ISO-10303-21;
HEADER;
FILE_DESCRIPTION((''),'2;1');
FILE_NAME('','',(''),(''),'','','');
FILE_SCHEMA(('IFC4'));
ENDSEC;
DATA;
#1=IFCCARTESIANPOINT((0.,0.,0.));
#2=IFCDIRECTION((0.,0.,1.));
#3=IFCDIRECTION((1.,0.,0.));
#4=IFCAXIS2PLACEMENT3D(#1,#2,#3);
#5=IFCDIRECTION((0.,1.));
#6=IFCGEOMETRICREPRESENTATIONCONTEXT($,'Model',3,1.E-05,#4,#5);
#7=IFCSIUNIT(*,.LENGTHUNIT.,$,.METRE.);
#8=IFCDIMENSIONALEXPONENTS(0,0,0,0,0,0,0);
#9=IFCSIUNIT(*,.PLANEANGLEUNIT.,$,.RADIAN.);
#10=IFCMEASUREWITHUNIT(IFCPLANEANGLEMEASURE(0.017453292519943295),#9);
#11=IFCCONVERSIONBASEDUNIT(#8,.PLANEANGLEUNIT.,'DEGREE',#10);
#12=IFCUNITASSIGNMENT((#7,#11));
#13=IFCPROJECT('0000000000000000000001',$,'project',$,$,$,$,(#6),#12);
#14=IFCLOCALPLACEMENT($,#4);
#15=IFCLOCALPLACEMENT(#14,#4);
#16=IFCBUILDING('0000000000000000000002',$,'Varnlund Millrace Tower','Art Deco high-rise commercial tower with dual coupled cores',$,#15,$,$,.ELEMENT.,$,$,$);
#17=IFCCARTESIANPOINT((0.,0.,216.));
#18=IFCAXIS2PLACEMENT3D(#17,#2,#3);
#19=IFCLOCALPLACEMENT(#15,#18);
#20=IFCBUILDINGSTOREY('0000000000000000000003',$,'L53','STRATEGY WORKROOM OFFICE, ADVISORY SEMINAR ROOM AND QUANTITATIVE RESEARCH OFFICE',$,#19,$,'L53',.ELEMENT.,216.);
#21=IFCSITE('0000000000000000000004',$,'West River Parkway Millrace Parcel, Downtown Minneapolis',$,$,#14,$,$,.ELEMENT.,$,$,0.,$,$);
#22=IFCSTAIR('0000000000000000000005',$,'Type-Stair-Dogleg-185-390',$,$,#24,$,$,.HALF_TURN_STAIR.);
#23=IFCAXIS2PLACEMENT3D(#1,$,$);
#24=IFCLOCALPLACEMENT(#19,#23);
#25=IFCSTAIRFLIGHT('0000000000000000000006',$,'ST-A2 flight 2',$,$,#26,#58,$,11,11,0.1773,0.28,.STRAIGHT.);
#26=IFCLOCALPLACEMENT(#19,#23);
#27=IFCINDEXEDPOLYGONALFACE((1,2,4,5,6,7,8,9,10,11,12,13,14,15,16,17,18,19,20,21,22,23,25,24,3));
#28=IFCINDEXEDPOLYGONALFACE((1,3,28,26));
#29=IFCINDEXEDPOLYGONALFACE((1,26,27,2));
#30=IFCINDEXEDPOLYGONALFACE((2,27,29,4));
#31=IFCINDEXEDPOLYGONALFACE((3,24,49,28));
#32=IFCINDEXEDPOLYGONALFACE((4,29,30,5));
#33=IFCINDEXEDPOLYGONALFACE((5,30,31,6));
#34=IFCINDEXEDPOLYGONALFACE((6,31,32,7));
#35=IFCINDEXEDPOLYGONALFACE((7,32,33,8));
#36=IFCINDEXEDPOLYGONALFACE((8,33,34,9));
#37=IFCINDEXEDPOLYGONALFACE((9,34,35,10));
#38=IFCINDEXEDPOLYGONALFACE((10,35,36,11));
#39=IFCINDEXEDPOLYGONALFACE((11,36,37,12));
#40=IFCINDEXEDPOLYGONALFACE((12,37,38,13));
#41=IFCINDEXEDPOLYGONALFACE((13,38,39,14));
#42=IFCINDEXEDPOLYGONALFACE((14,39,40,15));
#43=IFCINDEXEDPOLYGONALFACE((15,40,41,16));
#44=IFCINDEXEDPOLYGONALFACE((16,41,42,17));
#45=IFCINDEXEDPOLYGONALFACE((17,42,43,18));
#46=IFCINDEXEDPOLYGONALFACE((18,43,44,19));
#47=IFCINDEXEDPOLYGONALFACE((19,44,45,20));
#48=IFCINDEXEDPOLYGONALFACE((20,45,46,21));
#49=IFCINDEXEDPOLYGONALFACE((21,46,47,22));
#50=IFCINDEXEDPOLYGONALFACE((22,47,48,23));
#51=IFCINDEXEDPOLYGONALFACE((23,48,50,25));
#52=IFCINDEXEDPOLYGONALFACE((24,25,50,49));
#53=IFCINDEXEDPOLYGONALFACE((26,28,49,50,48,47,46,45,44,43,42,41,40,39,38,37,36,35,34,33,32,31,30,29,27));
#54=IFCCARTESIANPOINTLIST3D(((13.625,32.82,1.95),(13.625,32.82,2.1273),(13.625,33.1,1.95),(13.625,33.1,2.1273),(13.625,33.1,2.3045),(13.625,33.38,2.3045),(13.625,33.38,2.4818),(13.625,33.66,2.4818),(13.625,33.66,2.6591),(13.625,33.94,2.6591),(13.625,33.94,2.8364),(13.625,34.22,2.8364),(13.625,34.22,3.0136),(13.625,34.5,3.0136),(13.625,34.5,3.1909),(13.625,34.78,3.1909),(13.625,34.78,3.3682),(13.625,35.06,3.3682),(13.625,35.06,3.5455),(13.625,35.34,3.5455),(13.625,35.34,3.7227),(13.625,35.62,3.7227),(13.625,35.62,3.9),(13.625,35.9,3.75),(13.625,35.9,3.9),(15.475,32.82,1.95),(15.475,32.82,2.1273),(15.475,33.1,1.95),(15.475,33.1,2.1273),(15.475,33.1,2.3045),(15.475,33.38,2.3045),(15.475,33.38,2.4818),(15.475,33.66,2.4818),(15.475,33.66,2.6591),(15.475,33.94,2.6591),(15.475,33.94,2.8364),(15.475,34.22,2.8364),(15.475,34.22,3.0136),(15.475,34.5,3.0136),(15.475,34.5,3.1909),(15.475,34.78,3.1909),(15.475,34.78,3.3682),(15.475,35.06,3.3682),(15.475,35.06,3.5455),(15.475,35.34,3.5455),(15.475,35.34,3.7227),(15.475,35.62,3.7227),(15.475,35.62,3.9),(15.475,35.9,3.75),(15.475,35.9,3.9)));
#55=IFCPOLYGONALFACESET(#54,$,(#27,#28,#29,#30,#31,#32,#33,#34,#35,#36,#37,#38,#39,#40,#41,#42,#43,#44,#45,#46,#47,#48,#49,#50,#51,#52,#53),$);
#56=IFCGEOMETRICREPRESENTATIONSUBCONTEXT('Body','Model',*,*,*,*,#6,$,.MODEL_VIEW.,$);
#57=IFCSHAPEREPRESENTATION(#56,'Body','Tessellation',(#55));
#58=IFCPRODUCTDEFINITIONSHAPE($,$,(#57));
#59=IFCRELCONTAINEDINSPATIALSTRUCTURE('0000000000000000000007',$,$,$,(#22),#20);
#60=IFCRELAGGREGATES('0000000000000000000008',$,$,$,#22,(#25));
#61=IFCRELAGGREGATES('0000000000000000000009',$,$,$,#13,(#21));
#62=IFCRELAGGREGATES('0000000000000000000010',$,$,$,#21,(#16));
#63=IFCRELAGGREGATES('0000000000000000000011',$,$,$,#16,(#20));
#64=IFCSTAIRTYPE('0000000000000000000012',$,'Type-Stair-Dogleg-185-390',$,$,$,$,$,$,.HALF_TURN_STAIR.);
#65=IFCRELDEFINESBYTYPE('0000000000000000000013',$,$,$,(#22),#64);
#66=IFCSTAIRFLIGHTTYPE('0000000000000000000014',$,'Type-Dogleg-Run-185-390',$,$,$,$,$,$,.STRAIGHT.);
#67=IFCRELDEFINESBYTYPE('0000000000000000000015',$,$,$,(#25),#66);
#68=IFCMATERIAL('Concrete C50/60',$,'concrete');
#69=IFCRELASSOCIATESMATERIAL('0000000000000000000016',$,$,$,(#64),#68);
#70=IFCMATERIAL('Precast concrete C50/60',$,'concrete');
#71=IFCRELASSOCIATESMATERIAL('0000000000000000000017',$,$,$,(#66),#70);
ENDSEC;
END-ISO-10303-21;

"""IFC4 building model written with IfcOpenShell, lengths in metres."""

from ifc_helpers import new_model, entity, si_unit, converted_unit, direction, frame, origin_with_axes, place, context, subcontext, project, spatial, polyline, outline, extrude, material, type_object, element, aggregate, save


model = new_model("IFC4")

# Units and contexts
model_context = context("Model", 3, precision=1e-05, world=origin_with_axes(), true_north=direction((0.0, 1.0)))
body_context = subcontext(model_context, "Body", "Model", "MODEL_VIEW")
ifc_project = project(units=[si_unit("LENGTHUNIT", "METRE"), converted_unit("PLANEANGLEUNIT", "DEGREE", entity("IfcPlaneAngleMeasure", 0.017453292519943295), si_unit("PLANEANGLEUNIT", "RADIAN"), dimensions=[0, 0, 0, 0, 0, 0, 0])], contexts=[model_context])

# Site, building, storey
site_placement = place(None, origin_with_axes())
site = spatial("IfcSite", under=ifc_project, at=site_placement, Name="West River Parkway Millrace Parcel, Downtown Minneapolis", CompositionType="ELEMENT", RefElevation=0.0)
building_placement = place(site_placement, origin_with_axes())
building = spatial("IfcBuilding", under=site, at=building_placement, Name="Varnlund Millrace Tower", Description="Art Deco high-rise commercial tower with dual coupled cores", CompositionType="ELEMENT")
storey_placement = place(building_placement, frame((0.0, 0.0, 216.0), z_axis=(0.0, 0.0, 1.0), x_axis=(1.0, 0.0, 0.0)))
storey = spatial("IfcBuildingStorey", under=building, at=storey_placement, Name="L53", Description="STRATEGY WORKROOM OFFICE, ADVISORY SEMINAR ROOM AND QUANTITATIVE RESEARCH OFFICE", LongName="L53", CompositionType="ELEMENT", Elevation=216.0)

# Shared definitions
ifc_material_1 = material(Name="Precast concrete C50/60", Category="concrete")

# Stair, stair flight
ifc_material_2 = material(Name="Concrete C50/60", Category="concrete")
stair_type = type_object("IfcStairType", Name="Type-Stair-Dogleg-185-390", PredefinedType="HALF_TURN_STAIR", material=ifc_material_2)
stair_placement = place(storey_placement, origin_with_axes())
stair = element("IfcStair", 1, at=stair_placement, inside=storey, type_object=stair_type, Name="Type-Stair-Dogleg-185-390", PredefinedType="HALF_TURN_STAIR")
stair_flight_type = type_object("IfcStairFlightType", Name="Type-Dogleg-Run-185-390", PredefinedType="STRAIGHT", material=ifc_material_1)
stair_flight_placement = place(storey_placement, frame((13.625, 32.82, 1.95), z_axis=(1.0, 0.0, 0.0), x_axis=(0.0, 1.0, 0.0)))
stair_flight = element("IfcStairFlight", 2, at=stair_flight_placement, type_object=stair_flight_type, Name="ST-A2 flight 2", NumberOfRisers=11, NumberOfTreads=11, PredefinedType="STRAIGHT", RiserHeight=0.1773, TreadLength=0.28, context=body_context, shape_type="SweptSolid", body=[
    extrude(outline(polyline([(0.0, 0.0), (0.0, 0.1773), (0.28, 0.1773), (0.28, 0.3545), (0.56, 0.3545), (0.56, 0.5318), (0.84, 0.5318), (0.84, 0.7091), (1.12, 0.7091), (1.12, 0.8864), (1.4, 0.8864), (1.4, 1.0636), (1.68, 1.0636), (1.68, 1.2409), (1.96, 1.2409), (1.96, 1.4182), (2.24, 1.4182), (2.24, 1.5955), (2.52, 1.5955), (2.52, 1.7727), (2.8, 1.7727), (2.8, 1.95), (3.08, 1.95), (3.08, 1.8), (0.28, 0.0), (0.0, 0.0)])), origin_with_axes(), (0.0, 0.0, 1.0), 1.85),
])
aggregate(stair, [stair_flight])

save(model, "model.ifc")
